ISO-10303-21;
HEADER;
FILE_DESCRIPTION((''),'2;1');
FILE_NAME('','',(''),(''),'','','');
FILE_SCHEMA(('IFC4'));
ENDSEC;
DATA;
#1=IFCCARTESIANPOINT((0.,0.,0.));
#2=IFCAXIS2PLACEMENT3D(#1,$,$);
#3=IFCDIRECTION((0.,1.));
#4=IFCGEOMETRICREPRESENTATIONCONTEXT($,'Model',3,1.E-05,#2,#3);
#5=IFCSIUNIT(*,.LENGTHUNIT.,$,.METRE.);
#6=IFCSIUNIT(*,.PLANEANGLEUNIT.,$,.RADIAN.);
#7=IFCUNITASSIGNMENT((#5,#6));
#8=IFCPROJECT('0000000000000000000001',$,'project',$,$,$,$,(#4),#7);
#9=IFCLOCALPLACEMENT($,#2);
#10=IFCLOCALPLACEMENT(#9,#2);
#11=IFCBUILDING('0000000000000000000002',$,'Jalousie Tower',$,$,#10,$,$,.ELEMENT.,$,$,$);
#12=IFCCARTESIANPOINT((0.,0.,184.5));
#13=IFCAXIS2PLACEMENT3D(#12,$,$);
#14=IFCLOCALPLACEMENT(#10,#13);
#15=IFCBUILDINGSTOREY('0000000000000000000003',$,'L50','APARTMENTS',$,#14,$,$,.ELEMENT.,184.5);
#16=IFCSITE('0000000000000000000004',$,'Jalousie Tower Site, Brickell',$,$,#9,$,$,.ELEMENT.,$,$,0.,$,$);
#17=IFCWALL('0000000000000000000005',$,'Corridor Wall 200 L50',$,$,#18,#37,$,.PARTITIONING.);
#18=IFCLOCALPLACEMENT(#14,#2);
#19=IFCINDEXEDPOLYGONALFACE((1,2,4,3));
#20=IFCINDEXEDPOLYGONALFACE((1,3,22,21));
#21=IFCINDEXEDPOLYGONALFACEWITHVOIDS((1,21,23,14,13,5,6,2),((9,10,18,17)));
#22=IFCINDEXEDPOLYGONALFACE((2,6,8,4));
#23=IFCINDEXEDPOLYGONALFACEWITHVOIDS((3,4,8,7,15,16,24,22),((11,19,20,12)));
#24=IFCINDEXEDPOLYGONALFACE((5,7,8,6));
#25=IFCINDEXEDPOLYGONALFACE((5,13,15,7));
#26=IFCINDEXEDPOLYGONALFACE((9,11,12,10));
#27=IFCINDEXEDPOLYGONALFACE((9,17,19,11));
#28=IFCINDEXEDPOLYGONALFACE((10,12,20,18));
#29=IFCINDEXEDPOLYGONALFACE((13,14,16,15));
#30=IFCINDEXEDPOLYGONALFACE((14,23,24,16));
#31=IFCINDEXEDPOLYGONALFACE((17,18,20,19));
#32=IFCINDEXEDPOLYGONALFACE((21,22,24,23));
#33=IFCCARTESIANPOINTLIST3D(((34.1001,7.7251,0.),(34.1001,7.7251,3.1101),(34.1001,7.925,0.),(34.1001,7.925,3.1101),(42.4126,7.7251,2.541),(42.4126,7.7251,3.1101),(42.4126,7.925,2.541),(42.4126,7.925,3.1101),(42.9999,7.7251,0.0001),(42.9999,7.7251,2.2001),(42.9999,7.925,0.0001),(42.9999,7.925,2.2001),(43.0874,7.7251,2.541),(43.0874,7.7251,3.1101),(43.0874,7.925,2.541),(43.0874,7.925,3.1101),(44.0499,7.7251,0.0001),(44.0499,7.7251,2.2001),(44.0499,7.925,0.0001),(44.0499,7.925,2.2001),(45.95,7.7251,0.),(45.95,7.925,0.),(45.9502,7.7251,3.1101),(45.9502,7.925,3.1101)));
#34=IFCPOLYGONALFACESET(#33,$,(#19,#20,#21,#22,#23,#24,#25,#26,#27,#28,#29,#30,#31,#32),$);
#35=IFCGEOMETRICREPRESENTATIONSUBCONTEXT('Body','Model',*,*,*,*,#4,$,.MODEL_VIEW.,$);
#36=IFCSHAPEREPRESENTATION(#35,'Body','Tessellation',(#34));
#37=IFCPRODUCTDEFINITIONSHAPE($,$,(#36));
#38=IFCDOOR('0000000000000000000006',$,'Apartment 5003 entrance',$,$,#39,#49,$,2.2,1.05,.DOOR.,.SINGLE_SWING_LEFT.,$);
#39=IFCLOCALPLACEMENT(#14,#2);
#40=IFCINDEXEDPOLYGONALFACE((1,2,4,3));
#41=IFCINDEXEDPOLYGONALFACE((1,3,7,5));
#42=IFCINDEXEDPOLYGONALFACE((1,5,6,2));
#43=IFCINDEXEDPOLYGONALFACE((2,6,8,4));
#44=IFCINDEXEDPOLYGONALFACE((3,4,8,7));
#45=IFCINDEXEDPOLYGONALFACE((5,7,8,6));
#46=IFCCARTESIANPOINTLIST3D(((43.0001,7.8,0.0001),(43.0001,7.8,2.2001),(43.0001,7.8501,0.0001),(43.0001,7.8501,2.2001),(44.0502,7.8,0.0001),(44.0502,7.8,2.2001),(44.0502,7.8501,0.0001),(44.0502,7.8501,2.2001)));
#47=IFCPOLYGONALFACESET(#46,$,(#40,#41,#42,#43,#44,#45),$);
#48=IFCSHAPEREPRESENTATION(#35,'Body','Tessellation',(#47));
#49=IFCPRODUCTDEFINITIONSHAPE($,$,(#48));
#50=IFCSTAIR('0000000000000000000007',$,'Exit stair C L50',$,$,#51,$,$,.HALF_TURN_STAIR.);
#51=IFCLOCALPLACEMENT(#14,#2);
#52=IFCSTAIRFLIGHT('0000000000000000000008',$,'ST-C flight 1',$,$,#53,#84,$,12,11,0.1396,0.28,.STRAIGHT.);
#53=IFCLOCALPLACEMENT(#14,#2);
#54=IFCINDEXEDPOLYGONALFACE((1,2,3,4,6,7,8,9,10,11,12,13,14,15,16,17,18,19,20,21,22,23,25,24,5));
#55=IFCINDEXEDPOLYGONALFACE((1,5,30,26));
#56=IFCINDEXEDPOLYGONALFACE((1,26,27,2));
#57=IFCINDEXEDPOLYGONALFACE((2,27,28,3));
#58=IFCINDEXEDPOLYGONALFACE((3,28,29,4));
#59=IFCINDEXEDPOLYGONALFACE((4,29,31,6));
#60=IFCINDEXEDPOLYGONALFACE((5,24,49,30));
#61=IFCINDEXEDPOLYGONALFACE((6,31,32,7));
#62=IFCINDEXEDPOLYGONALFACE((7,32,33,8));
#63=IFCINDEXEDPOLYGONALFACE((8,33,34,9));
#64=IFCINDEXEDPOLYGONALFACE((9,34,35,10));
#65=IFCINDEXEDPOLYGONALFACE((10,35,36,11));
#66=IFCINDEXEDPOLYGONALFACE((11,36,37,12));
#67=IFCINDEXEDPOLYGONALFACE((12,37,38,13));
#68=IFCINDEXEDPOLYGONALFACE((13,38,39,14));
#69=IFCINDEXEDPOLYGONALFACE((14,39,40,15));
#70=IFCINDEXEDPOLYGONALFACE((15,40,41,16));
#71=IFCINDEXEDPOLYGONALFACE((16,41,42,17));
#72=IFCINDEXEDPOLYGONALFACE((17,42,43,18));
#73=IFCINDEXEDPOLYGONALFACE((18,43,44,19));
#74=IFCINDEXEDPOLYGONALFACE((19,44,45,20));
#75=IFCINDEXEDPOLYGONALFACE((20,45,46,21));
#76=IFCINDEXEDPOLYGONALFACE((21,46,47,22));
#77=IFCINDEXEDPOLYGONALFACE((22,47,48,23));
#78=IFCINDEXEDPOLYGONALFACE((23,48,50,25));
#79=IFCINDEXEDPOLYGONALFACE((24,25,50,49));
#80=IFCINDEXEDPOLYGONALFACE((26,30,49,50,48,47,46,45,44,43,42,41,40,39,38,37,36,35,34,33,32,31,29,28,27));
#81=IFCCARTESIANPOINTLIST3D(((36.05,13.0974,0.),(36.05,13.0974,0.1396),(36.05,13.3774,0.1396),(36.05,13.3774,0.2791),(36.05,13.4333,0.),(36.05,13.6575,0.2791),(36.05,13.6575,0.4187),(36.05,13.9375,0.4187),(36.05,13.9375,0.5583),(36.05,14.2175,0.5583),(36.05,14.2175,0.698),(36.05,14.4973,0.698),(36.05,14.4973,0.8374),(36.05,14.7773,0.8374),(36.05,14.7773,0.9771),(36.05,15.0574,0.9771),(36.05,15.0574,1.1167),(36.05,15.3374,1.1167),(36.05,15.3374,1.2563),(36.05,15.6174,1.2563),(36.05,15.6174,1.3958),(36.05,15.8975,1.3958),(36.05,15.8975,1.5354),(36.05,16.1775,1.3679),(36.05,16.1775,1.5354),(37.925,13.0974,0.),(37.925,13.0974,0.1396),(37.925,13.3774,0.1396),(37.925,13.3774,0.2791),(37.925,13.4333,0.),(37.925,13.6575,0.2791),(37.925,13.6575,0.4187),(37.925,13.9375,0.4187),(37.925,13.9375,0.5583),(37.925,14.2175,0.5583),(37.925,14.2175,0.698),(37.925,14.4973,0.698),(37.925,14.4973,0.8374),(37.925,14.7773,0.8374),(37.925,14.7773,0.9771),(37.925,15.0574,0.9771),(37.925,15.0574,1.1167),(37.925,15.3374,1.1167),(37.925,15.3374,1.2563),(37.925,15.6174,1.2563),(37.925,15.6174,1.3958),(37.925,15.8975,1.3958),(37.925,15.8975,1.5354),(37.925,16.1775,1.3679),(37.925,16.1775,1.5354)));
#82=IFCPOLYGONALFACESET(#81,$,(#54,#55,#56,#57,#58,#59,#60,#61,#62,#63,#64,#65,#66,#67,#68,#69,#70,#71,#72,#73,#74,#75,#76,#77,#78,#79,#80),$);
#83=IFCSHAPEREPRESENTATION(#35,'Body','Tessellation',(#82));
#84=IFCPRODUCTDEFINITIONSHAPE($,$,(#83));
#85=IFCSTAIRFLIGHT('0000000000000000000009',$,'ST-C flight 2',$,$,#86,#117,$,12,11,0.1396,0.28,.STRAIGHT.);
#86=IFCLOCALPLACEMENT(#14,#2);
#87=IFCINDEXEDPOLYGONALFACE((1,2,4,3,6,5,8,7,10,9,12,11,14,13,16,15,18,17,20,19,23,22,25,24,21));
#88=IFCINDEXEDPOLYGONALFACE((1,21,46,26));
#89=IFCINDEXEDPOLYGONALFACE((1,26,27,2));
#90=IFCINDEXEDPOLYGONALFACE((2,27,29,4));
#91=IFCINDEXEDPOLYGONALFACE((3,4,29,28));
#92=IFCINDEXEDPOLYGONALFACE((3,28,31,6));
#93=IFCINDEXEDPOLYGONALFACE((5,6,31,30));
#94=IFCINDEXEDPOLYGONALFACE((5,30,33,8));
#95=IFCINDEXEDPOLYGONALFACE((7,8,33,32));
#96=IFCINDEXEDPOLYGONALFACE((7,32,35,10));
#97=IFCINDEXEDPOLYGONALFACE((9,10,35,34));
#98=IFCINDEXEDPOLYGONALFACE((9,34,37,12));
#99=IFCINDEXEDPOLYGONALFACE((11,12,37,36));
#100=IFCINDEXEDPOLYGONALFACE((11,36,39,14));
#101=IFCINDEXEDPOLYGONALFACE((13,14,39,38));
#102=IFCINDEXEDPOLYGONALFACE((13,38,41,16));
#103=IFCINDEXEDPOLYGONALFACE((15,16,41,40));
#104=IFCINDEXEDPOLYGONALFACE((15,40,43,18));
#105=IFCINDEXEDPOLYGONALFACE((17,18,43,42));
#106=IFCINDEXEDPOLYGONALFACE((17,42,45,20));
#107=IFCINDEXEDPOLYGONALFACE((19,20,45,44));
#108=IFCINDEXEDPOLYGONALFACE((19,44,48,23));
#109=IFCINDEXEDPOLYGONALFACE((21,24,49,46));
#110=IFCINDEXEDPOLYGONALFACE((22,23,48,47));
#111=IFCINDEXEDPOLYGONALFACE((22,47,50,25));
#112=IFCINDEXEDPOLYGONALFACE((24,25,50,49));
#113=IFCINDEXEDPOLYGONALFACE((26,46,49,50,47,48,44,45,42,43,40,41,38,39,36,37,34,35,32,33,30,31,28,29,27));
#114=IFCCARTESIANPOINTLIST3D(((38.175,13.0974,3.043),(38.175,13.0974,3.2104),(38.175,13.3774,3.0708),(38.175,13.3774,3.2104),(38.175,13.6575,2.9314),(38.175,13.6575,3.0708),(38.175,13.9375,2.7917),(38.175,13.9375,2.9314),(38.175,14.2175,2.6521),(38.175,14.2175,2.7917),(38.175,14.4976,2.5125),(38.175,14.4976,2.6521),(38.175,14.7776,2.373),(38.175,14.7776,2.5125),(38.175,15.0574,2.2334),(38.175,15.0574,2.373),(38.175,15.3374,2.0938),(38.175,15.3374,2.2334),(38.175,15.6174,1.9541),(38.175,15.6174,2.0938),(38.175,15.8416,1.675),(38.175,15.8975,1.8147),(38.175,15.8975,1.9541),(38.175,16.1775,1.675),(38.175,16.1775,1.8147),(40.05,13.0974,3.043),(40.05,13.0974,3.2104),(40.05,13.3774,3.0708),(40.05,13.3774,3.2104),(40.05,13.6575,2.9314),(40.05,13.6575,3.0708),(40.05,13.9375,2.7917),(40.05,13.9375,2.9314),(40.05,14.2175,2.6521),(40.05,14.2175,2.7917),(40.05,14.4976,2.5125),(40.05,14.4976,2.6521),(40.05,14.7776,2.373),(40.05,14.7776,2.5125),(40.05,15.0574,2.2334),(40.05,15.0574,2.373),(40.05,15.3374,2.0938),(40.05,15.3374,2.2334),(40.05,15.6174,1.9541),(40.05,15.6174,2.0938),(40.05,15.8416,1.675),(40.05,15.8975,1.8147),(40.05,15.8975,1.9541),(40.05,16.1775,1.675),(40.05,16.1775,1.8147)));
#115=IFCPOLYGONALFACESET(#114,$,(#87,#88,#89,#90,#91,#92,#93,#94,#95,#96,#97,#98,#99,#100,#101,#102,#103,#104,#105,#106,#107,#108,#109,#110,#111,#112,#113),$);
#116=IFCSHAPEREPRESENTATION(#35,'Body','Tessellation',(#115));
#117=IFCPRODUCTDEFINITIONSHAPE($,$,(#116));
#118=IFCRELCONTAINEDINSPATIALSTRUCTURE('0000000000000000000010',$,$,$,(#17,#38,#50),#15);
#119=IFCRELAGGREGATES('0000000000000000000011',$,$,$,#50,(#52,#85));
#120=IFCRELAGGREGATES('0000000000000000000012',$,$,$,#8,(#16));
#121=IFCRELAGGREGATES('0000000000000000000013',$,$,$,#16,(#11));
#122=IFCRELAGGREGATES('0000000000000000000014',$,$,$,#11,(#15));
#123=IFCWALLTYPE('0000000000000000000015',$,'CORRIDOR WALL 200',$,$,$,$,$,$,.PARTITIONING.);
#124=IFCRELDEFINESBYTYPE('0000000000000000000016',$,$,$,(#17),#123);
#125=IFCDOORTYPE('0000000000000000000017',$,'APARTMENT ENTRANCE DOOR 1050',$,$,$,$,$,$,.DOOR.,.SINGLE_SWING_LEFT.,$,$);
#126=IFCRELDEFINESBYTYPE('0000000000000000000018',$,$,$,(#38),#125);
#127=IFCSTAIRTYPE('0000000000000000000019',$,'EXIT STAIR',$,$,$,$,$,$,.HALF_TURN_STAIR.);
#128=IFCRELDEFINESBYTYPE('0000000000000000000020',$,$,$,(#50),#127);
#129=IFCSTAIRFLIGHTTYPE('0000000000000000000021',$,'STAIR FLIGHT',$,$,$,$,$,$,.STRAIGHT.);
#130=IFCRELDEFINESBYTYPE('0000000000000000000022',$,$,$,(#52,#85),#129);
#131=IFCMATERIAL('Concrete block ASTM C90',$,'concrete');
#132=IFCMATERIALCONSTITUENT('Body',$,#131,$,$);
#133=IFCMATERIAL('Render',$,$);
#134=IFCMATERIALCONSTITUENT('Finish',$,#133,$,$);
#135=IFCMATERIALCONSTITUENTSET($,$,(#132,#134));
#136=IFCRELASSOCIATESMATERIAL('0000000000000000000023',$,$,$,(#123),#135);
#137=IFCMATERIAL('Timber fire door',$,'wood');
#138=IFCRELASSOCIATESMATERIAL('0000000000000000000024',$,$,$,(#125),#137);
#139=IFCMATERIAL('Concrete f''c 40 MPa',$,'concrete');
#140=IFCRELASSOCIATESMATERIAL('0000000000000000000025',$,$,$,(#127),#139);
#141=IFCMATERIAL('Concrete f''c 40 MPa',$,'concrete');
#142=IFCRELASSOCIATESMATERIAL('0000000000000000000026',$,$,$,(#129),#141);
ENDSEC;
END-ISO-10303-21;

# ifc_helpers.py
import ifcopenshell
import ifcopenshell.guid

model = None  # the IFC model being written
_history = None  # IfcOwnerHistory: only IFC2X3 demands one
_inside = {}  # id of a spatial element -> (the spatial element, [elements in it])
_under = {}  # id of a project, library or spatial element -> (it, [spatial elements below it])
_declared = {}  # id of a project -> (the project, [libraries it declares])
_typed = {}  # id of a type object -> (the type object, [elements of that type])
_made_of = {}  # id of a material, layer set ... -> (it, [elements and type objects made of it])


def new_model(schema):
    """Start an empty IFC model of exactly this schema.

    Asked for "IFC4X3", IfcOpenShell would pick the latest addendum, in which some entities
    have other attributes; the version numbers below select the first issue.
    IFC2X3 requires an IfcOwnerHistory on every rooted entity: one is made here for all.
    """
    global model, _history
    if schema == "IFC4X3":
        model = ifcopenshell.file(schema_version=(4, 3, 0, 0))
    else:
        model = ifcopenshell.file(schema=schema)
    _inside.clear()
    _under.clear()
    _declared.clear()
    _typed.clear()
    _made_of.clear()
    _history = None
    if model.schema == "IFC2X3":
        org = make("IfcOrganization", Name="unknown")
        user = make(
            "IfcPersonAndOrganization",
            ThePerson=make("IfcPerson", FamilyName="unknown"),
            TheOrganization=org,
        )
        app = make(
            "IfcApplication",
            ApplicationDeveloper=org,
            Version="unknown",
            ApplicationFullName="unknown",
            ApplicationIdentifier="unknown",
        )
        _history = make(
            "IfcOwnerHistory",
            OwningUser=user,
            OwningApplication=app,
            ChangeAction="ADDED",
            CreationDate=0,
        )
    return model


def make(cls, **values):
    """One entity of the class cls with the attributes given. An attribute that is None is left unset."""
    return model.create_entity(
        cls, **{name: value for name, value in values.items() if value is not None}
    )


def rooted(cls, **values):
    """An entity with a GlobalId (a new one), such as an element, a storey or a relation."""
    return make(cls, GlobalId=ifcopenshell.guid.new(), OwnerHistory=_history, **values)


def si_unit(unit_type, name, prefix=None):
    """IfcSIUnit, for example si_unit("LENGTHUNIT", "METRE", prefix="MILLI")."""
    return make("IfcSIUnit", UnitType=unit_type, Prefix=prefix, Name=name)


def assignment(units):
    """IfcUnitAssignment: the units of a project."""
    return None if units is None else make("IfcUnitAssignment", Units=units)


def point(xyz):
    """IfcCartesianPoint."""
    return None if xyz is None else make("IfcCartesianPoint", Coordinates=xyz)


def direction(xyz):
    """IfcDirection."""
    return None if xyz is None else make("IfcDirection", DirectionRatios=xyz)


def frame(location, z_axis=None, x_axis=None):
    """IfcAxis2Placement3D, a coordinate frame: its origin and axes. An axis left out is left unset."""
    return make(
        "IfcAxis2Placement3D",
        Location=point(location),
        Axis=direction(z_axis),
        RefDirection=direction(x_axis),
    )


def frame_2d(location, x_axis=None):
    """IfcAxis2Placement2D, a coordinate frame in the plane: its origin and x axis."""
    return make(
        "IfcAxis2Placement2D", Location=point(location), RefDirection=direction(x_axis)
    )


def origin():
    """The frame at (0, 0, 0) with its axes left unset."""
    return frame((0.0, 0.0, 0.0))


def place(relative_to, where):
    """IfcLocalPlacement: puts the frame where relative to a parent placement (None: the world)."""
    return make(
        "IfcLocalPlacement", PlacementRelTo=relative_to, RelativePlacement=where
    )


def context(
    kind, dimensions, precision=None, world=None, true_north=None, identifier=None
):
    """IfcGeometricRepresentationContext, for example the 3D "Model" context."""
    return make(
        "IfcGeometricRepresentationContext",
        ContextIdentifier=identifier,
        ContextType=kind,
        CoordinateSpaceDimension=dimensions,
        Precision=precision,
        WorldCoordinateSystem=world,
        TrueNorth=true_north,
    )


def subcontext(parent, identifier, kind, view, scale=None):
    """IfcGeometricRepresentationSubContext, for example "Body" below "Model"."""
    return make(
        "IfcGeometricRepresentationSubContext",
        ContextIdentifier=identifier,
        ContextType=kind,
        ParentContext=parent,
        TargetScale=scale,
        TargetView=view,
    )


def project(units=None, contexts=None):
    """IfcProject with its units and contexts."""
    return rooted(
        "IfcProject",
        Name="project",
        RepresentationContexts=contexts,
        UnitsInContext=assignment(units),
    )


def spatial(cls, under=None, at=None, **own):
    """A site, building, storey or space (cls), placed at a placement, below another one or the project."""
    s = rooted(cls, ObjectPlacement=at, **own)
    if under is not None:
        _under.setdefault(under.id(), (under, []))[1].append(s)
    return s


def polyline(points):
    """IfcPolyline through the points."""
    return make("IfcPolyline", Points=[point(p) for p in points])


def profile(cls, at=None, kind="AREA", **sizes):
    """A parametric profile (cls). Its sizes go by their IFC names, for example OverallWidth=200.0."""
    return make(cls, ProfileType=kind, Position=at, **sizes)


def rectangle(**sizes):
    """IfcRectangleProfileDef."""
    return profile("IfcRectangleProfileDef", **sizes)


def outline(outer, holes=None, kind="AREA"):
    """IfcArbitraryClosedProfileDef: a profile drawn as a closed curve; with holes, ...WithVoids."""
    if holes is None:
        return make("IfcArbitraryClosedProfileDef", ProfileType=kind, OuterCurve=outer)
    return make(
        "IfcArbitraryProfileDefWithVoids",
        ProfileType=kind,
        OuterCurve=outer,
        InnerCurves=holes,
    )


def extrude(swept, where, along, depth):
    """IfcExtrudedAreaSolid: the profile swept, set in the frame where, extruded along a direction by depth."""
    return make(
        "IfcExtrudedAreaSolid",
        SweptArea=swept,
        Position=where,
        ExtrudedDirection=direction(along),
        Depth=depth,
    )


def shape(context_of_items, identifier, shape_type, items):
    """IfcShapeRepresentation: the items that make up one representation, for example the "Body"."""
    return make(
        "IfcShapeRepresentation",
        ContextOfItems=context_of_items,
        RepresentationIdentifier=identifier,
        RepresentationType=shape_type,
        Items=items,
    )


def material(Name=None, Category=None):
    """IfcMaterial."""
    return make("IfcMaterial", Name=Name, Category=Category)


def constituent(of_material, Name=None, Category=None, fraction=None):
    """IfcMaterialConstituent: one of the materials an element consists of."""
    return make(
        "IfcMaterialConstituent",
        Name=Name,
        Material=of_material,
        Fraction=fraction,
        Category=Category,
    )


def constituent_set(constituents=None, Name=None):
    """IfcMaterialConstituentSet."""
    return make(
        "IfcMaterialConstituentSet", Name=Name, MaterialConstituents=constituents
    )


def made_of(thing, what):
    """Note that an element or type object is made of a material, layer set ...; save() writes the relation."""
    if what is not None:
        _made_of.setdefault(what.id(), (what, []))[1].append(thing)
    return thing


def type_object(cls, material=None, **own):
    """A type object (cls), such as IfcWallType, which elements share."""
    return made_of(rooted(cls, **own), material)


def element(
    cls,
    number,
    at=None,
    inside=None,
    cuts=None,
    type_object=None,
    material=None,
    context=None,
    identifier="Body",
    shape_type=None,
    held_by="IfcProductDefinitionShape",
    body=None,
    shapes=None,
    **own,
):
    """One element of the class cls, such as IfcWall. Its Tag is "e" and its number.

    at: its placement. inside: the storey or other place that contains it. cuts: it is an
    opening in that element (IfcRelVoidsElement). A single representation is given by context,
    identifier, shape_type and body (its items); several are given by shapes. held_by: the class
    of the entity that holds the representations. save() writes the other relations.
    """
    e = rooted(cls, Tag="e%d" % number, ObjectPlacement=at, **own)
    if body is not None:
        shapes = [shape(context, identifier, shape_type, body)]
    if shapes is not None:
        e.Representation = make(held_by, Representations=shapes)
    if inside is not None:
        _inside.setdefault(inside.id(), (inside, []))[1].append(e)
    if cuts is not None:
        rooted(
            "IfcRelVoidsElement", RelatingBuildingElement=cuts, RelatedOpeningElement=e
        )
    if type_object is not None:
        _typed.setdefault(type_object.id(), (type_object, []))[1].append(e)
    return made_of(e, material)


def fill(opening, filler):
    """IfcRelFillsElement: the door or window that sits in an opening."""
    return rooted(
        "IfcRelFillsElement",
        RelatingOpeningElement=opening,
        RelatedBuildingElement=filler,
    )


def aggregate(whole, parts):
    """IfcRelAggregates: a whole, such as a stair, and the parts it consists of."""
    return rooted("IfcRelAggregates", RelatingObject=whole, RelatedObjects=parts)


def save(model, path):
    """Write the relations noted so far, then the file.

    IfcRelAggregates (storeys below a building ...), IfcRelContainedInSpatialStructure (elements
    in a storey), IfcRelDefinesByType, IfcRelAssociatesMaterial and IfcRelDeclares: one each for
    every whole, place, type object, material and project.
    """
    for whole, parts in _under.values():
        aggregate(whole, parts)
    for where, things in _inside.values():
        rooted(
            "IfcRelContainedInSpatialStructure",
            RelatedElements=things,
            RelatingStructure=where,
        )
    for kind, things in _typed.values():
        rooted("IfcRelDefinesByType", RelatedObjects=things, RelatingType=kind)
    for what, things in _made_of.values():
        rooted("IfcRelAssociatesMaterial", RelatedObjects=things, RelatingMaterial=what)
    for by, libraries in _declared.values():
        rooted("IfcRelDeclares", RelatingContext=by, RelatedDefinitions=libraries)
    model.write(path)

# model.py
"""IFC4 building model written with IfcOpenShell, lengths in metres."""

from ifc_helpers import new_model, si_unit, direction, frame, frame_2d, origin, place, context, subcontext, project, spatial, polyline, rectangle, outline, extrude, material, constituent, constituent_set, type_object, element, fill, aggregate, save


model = new_model("IFC4")

# Units and contexts
model_context = context("Model", 3, precision=1e-05, world=origin(), true_north=direction((0.0, 1.0)))
body_context = subcontext(model_context, "Body", "Model", "MODEL_VIEW")
ifc_project = project(units=[si_unit("LENGTHUNIT", "METRE"), si_unit("PLANEANGLEUNIT", "RADIAN")], contexts=[model_context])

# Site, building, storey
site_placement = place(None, origin())
site = spatial("IfcSite", under=ifc_project, at=site_placement, Name="Jalousie Tower Site, Brickell", CompositionType="ELEMENT", RefElevation=0.0)
building_placement = place(site_placement, origin())
building = spatial("IfcBuilding", under=site, at=building_placement, Name="Jalousie Tower", CompositionType="ELEMENT")
storey_placement = place(building_placement, frame((0.0, 0.0, 184.5)))
storey = spatial("IfcBuildingStorey", under=building, at=storey_placement, Name="L50", Description="APARTMENTS", CompositionType="ELEMENT", Elevation=184.5)

# Wall, opening, door
ifc_material_1 = material(Name="Concrete block ASTM C90", Category="concrete")
ifc_constituent_1 = constituent(ifc_material_1, Name="Body")
ifc_material_2 = material(Name="Render")
ifc_constituent_2 = constituent(ifc_material_2, Name="Finish")
ifc_constituent_set_1 = constituent_set(constituents=[ifc_constituent_1, ifc_constituent_2])
wall_type_1 = type_object("IfcWallType", Name="CORRIDOR WALL 200", PredefinedType="PARTITIONING", material=ifc_constituent_set_1)
wall_1_placement = place(storey_placement, frame((34.1001, 7.825, 0.0), z_axis=(0.0, 0.0, 1.0), x_axis=(1.0, 0.0, 0.0)))
wall_1 = element("IfcWall", 1, at=wall_1_placement, inside=storey, type_object=wall_type_1, Name="Corridor Wall 200 L50", PredefinedType="PARTITIONING", context=body_context, shape_type="SweptSolid", body=[
    extrude(outline(polyline([(0.0, 0.0), (11.8499, 0.0), (11.8501, 3.1101), (8.9873, 3.1101), (8.9873, 2.541), (8.3125, 2.541), (8.3125, 3.1101), (0.0, 3.1101), (0.0, 0.0)])), frame((0.0, 0.1001, 0.0), z_axis=(0.0, -1.0, 0.0), x_axis=(1.0, 0.0, 0.0)), (0.0, 0.0, 1.0), 0.2),
])
opening_1_placement = place(wall_1_placement, frame((8.8999, 0.0, 0.0)))
opening_1 = element("IfcOpeningElement", 2, at=opening_1_placement, cuts=wall_1, PredefinedType="OPENING", context=body_context, shape_type="SweptSolid", body=[
    extrude(rectangle(XDim=1.05, YDim=2.2, at=frame_2d((0.5249, 1.1001))), frame((0.0, 0.1099, 0.0), z_axis=(0.0, -1.0, 0.0), x_axis=(1.0, 0.0, 0.0)), (0.0, 0.0, 1.0), 0.22),
])
ifc_material_3 = material(Name="Timber fire door", Category="wood")
door_type_1 = type_object("IfcDoorType", Name="APARTMENT ENTRANCE DOOR 1050", OperationType="SINGLE_SWING_LEFT", PredefinedType="DOOR", material=ifc_material_3)
door_1_placement = place(opening_1_placement, frame((1.05, 0.0, 0.0), z_axis=(0.0, 0.0, 1.0), x_axis=(-1.0, 0.0, 0.0)))
door_1 = element("IfcDoor", 3, at=door_1_placement, inside=storey, type_object=door_type_1, Name="Apartment 5003 entrance", OperationType="SINGLE_SWING_LEFT", OverallHeight=2.2, OverallWidth=1.05, PredefinedType="DOOR", context=body_context, shape_type="SweptSolid", body=[
    extrude(rectangle(XDim=1.05, YDim=2.2, at=frame_2d((0.5249, 1.1001))), frame((0.0, 0.0249, 0.0), z_axis=(0.0, -1.0, 0.0), x_axis=(1.0, 0.0, 0.0)), (0.0, 0.0, 1.0), 0.05),
])
fill(opening_1, door_1)

# Stair, stair flights
ifc_material_4 = material(Name="Concrete f'c 40 MPa", Category="concrete")
stair_type = type_object("IfcStairType", Name="EXIT STAIR", PredefinedType="HALF_TURN_STAIR", material=ifc_material_4)
stair_placement = place(storey_placement, origin())
stair = element("IfcStair", 4, at=stair_placement, inside=storey, type_object=stair_type, Name="Exit stair C L50", PredefinedType="HALF_TURN_STAIR")
ifc_material_5 = material(Name="Concrete f'c 40 MPa", Category="concrete")
stair_flight_type = type_object("IfcStairFlightType", Name="STAIR FLIGHT", PredefinedType="STRAIGHT", material=ifc_material_5)
stair_flight_1_placement = place(storey_placement, frame((36.9875, 13.0974, 0.0), z_axis=(0.0, 0.0, 1.0), x_axis=(0.0, 1.0, 0.0)))
stair_flight_1 = element("IfcStairFlight", 5, at=stair_flight_1_placement, type_object=stair_flight_type, Name="ST-C flight 1", NumberOfRisers=12, NumberOfTreads=11, PredefinedType="STRAIGHT", RiserHeight=0.1396, TreadLength=0.28, context=body_context, shape_type="SweptSolid", body=[
    extrude(outline(polyline([(0.0, 0.0), (0.0, 0.1396), (0.28, 0.1396), (0.28, 0.2791), (0.5601, 0.2791), (0.5601, 0.4187), (0.8401, 0.4187), (0.8401, 0.5583), (1.1201, 0.5583), (1.1201, 0.698), (1.3999, 0.698), (1.3999, 0.8374), (1.6799, 0.8374), (1.6799, 0.9771), (1.96, 0.9771), (1.96, 1.1167), (2.24, 1.1167), (2.24, 1.2563), (2.52, 1.2563), (2.52, 1.3958), (2.8, 1.3958), (2.8, 1.5354), (3.0801, 1.5354), (3.0801, 1.675), (3.0801, 1.3679), (0.3359, 0.0), (0.0, 0.0)])), frame((0.0, 0.9375, 0.0), z_axis=(0.0, -1.0, 0.0), x_axis=(1.0, 0.0, 0.0)), (0.0, 0.0, 1.0), 1.875),
])
stair_flight_2_placement = place(storey_placement, frame((39.1125, 16.1775, 1.675), z_axis=(0.0, 0.0, 1.0), x_axis=(0.0, -1.0, 0.0)))
stair_flight_2 = element("IfcStairFlight", 6, at=stair_flight_2_placement, type_object=stair_flight_type, Name="ST-C flight 2", NumberOfRisers=12, NumberOfTreads=11, PredefinedType="STRAIGHT", RiserHeight=0.1396, TreadLength=0.28, context=body_context, shape_type="SweptSolid", body=[
    extrude(outline(polyline([(0.0, 0.0), (0.0, 0.1396), (0.28, 0.1396), (0.28, 0.2791), (0.5601, 0.2791), (0.5601, 0.4187), (0.8401, 0.4187), (0.8401, 0.5583), (1.1201, 0.5583), (1.1201, 0.698), (1.3999, 0.698), (1.3999, 0.8374), (1.6799, 0.8374), (1.6799, 0.9771), (1.96, 0.9771), (1.96, 1.1167), (2.24, 1.1167), (2.24, 1.2563), (2.52, 1.2563), (2.52, 1.3958), (2.8, 1.3958), (2.8, 1.5354), (3.0801, 1.5354), (3.0801, 1.675), (3.0801, 1.3679), (0.3359, 0.0), (0.0, 0.0)])), frame((0.0, 0.9375, 0.0), z_axis=(0.0, -1.0, 0.0), x_axis=(1.0, 0.0, 0.0)), (0.0, 0.0, 1.0), 1.875),
])
aggregate(stair, [stair_flight_1, stair_flight_2])

save(model, "model.ifc")
